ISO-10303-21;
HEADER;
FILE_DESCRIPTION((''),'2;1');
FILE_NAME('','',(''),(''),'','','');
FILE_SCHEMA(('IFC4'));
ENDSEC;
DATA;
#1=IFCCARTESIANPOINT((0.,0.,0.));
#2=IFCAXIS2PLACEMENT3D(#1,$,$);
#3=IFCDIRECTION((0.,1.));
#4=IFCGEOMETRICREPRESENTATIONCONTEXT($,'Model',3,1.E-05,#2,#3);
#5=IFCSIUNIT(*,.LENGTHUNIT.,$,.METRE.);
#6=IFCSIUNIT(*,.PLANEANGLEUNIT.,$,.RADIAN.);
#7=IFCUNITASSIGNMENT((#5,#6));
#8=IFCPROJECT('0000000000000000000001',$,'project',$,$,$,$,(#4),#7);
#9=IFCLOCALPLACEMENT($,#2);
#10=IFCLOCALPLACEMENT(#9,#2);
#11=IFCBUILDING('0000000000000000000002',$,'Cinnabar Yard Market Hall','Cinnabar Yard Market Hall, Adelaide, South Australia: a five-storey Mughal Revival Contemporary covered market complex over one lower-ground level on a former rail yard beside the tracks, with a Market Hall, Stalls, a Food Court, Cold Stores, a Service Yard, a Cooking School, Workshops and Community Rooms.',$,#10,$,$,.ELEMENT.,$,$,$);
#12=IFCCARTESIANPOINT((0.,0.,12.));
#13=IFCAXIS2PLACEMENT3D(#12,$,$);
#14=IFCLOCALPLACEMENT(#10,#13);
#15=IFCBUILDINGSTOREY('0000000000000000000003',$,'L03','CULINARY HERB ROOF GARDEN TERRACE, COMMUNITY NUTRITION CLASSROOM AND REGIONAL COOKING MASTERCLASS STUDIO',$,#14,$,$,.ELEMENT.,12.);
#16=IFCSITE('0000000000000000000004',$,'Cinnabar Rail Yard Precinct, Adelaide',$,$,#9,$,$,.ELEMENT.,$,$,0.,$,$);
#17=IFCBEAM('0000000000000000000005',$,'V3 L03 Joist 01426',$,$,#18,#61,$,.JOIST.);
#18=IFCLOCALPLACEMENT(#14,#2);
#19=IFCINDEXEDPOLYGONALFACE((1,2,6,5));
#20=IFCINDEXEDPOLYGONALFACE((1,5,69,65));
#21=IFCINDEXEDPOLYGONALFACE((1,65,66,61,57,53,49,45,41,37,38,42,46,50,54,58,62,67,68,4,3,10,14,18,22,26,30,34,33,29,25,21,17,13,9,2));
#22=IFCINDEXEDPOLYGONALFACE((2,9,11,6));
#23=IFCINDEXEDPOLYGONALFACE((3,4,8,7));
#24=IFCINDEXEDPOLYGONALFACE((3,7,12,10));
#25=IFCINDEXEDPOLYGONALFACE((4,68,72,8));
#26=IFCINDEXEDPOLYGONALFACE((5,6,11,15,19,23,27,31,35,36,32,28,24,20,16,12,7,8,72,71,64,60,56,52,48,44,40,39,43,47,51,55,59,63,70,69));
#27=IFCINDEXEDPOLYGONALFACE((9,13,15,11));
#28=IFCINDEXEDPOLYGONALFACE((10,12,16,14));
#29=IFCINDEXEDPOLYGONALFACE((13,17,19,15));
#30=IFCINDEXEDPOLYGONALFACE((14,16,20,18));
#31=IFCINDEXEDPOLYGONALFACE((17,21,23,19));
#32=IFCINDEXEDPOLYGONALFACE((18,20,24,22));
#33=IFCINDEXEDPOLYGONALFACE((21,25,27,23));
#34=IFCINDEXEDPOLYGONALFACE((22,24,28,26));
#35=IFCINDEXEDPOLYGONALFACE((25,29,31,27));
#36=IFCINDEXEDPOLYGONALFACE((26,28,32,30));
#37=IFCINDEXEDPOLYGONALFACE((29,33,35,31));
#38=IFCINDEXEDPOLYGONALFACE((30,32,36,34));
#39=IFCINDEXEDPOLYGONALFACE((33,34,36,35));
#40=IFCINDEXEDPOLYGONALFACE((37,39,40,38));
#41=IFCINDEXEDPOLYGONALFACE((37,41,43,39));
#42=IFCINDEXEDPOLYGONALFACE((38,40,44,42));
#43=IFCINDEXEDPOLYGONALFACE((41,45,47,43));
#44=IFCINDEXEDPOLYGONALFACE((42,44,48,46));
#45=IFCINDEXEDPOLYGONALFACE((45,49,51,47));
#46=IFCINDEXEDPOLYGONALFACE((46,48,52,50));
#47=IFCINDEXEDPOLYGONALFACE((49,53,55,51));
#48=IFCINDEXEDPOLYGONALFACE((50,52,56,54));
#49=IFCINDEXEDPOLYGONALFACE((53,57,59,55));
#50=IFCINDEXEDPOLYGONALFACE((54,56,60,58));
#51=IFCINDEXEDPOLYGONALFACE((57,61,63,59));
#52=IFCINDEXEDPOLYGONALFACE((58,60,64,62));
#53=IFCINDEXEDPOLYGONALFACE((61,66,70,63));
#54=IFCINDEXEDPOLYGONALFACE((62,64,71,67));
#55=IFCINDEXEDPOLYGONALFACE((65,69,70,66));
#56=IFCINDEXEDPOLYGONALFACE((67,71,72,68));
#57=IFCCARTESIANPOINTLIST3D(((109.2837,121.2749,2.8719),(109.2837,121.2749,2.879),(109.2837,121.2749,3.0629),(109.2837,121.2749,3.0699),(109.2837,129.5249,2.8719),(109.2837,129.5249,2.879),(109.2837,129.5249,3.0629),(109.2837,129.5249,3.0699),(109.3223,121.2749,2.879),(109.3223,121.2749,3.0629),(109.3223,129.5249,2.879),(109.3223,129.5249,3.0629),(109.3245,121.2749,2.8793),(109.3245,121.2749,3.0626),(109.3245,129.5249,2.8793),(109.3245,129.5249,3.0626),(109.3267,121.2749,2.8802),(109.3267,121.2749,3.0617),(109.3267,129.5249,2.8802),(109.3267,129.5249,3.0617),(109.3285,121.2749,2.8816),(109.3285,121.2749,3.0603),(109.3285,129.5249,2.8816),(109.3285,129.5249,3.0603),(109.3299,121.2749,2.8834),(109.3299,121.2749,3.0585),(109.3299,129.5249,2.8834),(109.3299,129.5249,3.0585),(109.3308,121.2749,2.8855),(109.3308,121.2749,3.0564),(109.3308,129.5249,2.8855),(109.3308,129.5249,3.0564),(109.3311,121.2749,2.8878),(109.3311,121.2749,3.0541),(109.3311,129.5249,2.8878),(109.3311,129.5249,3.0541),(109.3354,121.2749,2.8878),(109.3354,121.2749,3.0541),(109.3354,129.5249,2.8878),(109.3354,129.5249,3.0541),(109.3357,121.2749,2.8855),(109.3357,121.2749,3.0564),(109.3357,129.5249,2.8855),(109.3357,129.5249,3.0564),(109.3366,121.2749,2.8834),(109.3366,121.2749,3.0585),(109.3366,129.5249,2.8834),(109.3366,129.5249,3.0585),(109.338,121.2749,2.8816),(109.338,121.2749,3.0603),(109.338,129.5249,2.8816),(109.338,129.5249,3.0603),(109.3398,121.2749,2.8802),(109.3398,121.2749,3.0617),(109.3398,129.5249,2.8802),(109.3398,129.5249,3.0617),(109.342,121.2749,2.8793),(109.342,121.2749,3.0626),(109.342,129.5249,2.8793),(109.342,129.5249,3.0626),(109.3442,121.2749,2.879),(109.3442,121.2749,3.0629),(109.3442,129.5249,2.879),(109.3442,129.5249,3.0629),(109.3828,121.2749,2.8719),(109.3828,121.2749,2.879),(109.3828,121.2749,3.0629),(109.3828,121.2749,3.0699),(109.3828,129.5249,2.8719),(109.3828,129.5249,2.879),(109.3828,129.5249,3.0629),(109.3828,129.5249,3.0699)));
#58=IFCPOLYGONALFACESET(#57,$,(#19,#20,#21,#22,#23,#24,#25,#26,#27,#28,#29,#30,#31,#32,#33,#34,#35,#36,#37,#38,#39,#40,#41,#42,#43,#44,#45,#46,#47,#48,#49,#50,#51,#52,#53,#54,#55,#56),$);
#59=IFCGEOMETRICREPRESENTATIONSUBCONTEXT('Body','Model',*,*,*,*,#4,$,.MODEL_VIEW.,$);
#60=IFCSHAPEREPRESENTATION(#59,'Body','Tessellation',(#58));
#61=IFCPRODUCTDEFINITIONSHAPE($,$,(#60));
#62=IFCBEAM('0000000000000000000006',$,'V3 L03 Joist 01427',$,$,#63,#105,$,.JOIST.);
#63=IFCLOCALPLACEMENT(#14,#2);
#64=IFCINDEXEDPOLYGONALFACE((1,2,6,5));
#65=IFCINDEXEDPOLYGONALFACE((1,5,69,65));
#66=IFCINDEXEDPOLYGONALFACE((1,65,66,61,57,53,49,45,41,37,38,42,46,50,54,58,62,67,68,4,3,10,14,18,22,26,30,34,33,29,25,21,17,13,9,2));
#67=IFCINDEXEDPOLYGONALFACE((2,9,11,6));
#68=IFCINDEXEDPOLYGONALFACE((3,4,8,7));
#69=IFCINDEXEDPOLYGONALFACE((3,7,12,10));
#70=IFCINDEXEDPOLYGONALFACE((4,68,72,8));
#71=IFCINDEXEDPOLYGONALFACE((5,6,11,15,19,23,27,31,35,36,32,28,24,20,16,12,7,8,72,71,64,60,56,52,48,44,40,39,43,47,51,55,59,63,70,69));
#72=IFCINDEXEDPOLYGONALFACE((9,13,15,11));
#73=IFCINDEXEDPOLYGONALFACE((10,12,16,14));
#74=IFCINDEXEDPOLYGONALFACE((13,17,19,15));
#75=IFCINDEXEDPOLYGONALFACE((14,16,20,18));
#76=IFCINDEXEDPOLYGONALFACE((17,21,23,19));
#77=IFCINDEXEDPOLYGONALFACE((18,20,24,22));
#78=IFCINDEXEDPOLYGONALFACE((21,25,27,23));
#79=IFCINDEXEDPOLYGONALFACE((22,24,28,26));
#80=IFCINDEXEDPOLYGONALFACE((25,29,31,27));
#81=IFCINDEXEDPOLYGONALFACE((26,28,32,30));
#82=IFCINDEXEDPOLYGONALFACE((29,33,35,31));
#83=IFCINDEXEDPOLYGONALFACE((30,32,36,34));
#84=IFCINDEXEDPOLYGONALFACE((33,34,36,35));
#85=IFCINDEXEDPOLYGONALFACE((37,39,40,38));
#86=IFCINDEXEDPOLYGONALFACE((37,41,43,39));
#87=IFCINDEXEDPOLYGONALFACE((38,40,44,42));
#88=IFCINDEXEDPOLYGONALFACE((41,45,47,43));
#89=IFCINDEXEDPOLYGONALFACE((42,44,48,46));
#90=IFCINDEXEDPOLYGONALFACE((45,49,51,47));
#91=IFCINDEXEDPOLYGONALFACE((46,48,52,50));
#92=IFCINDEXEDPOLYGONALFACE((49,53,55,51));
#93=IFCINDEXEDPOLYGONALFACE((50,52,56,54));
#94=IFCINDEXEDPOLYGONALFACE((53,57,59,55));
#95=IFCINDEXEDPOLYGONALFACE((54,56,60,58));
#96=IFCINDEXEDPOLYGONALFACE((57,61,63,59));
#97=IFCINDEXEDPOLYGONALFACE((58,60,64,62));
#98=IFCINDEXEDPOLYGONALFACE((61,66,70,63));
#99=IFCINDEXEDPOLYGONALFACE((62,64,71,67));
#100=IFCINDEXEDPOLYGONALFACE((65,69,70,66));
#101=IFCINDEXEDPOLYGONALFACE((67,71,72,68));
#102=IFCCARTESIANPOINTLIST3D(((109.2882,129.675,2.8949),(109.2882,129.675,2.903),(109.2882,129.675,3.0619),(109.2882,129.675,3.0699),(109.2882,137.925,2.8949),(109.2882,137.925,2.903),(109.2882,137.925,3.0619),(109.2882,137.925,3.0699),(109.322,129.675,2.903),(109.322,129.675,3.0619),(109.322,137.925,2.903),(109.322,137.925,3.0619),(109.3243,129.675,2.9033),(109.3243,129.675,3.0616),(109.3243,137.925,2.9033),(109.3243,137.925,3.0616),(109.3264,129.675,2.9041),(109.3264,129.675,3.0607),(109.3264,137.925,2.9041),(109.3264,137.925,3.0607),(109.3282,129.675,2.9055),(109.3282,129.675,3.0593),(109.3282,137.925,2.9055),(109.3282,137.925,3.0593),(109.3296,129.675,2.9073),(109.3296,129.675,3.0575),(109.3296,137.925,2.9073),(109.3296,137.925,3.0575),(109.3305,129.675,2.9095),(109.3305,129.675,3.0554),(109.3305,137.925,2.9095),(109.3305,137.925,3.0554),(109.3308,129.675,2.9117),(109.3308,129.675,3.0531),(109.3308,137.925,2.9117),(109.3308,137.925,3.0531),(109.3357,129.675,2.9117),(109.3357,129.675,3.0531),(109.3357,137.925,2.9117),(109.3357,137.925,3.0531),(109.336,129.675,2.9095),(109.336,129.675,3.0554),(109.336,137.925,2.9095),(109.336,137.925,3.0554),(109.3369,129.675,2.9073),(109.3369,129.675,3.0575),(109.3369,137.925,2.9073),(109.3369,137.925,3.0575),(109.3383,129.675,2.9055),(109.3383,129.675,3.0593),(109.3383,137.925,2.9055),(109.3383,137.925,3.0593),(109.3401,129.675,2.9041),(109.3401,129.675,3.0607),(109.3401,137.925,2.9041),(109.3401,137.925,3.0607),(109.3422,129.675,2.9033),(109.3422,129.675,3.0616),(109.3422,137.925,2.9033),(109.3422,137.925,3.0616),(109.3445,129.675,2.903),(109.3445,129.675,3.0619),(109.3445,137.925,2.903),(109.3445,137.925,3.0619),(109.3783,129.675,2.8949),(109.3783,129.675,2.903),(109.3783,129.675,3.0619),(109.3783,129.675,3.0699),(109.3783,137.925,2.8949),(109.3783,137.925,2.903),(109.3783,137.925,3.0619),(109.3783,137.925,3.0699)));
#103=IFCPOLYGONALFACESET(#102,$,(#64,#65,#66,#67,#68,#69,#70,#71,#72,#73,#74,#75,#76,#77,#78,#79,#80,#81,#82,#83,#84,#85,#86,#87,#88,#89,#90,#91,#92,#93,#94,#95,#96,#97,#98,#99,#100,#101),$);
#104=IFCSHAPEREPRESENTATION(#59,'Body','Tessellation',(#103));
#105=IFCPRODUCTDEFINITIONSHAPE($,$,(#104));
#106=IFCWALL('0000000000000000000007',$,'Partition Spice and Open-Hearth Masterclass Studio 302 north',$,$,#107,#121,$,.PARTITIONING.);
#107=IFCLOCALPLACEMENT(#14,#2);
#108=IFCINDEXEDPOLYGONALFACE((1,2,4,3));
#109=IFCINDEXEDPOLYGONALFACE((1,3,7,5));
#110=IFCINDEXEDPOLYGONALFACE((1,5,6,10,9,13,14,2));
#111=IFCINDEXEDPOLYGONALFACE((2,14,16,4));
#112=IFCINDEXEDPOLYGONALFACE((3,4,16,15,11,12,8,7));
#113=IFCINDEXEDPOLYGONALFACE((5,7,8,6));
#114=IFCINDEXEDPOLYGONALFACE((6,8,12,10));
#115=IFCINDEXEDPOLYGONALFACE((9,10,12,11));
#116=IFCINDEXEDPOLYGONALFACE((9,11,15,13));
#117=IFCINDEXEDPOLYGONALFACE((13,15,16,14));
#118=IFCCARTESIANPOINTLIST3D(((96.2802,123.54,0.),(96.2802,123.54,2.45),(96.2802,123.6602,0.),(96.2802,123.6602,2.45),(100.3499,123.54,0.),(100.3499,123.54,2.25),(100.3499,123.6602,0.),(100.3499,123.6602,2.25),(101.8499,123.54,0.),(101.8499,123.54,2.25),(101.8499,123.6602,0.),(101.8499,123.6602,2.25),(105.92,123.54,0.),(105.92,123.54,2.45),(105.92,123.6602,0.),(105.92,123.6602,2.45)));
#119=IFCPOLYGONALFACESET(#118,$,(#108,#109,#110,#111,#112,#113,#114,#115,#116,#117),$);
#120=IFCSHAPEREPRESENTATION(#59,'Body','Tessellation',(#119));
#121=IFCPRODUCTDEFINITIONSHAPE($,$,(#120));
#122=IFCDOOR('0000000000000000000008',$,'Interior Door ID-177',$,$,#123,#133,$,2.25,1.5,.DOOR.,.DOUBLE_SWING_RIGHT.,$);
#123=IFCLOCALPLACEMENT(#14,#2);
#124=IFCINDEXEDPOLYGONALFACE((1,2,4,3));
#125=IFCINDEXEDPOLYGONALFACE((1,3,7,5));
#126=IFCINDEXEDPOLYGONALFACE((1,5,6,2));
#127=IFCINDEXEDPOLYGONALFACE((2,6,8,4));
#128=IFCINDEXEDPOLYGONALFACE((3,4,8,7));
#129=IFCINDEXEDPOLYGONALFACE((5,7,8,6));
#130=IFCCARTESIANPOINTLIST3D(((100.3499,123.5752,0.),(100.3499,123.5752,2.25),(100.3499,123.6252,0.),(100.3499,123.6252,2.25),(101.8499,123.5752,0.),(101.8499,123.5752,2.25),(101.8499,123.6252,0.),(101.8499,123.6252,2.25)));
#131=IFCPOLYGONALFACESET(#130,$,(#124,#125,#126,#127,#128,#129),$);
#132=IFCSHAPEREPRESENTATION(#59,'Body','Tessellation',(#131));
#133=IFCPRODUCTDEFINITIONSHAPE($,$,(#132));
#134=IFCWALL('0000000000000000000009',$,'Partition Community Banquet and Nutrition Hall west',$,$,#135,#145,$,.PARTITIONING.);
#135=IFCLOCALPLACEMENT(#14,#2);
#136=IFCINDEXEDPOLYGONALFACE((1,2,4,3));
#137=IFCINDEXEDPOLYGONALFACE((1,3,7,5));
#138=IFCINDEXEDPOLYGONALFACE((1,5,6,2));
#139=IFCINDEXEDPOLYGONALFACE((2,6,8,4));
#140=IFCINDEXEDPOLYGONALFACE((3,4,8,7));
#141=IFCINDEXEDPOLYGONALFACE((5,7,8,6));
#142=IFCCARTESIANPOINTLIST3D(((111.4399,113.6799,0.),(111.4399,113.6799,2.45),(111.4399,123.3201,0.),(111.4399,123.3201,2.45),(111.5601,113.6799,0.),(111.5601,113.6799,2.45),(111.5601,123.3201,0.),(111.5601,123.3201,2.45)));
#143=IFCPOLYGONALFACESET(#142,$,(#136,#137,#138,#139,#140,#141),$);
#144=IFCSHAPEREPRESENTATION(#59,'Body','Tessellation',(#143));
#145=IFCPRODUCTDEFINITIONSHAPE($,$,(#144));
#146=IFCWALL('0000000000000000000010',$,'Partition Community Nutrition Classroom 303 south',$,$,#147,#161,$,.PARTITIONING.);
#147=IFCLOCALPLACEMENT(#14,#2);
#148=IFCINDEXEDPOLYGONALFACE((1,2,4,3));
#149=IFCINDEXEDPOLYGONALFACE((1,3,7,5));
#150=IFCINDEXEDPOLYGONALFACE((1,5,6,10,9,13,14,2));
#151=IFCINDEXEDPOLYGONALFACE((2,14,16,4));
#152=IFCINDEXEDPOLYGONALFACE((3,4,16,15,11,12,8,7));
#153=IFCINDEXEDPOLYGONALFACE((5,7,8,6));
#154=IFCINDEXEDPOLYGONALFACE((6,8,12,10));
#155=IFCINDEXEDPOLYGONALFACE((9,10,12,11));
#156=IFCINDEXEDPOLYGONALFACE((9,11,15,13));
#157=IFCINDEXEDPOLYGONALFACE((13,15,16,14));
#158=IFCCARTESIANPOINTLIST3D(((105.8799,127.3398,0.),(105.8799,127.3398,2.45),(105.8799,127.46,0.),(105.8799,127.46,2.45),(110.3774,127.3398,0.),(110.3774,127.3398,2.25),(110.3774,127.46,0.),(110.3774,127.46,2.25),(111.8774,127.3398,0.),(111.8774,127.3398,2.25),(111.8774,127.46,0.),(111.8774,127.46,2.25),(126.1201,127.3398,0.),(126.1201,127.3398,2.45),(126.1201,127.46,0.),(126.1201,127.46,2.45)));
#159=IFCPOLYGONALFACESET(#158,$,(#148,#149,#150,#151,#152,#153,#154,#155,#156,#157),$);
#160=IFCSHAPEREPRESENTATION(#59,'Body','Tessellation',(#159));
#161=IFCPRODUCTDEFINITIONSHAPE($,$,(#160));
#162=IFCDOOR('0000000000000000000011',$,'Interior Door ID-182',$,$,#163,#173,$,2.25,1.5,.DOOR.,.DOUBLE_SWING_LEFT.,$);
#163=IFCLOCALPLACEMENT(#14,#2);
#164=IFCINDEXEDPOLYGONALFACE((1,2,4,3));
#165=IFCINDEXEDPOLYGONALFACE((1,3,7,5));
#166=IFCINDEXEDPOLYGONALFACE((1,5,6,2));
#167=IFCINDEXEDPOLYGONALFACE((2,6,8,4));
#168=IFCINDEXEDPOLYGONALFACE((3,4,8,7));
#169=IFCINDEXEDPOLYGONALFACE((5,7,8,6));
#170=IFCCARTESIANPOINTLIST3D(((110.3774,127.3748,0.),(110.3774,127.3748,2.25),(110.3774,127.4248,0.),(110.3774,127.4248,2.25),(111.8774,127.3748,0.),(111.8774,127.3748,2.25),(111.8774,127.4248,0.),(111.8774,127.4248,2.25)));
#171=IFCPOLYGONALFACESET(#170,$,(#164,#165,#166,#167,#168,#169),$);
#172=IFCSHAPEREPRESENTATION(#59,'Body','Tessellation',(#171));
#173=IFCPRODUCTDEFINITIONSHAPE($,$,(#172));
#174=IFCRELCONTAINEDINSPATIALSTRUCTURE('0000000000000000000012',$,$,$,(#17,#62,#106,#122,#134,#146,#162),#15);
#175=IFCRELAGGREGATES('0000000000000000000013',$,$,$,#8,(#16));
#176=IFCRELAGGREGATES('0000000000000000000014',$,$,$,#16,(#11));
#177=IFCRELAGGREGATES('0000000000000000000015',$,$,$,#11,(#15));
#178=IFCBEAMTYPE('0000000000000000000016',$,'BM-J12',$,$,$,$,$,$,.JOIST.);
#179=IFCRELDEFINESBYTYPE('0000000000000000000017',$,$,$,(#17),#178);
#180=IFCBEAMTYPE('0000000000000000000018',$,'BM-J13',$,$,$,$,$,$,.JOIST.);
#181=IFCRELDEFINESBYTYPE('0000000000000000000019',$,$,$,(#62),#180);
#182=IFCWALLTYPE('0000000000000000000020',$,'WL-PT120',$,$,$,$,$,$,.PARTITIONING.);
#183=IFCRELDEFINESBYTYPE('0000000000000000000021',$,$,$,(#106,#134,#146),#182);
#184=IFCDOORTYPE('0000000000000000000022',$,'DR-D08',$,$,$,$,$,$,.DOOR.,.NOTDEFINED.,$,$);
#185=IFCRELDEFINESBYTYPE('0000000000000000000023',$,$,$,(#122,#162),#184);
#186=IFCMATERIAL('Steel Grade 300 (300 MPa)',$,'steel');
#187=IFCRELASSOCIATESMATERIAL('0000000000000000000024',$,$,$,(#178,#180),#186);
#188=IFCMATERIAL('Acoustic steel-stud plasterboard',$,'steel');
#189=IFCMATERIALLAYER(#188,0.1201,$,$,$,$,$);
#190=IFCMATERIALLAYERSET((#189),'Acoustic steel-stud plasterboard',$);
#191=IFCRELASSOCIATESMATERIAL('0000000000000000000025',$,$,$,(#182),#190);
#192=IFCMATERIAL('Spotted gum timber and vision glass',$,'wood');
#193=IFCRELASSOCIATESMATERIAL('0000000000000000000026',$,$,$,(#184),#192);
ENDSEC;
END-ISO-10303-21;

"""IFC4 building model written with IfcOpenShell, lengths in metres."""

from ifc_helpers import new_model, si_unit, direction, frame, frame_2d, origin, origin_2d_with_axis, place, context, subcontext, project, spatial, rectangle, i_section, extrude, material, layer, layer_set, material_profile, profile_set, type_object, element, fill, save


model = new_model("IFC4")

# Units and contexts
model_context = context("Model", 3, precision=1e-05, world=origin(), true_north=direction((0.0, 1.0)))
body_context = subcontext(model_context, "Body", "Model", "MODEL_VIEW")
ifc_project = project(units=[si_unit("LENGTHUNIT", "METRE"), si_unit("PLANEANGLEUNIT", "RADIAN")], contexts=[model_context])

# Site, building, storey
site_placement = place(None, origin())
site = spatial("IfcSite", under=ifc_project, at=site_placement, Name="Cinnabar Rail Yard Precinct, Adelaide", CompositionType="ELEMENT", RefElevation=0.0)
building_placement = place(site_placement, origin())
building = spatial("IfcBuilding", under=site, at=building_placement, Name="Cinnabar Yard Market Hall", Description="Cinnabar Yard Market Hall, Adelaide, South Australia: a five-storey Mughal Revival Contemporary covered market complex over one lower-ground level on a former rail yard beside the tracks, with a Market Hall, Stalls, a Food Court, Cold Stores, a Service Yard, a Cooking School, Workshops and Community Rooms.", CompositionType="ELEMENT")
storey_placement = place(building_placement, frame((0.0, 0.0, 12.0)))
storey = spatial("IfcBuildingStorey", under=building, at=storey_placement, Name="L03", Description="CULINARY HERB ROOF GARDEN TERRACE, COMMUNITY NUTRITION CLASSROOM AND REGIONAL COOKING MASTERCLASS STUDIO", CompositionType="ELEMENT", Elevation=12.0)

# Beams
ifc_material_1 = material(Name="Steel Grade 300 (300 MPa)", Category="steel")
ifc_material_profile_1 = material_profile(ifc_material_1, i_section(OverallWidth=0.0991, OverallDepth=0.198, WebThickness=0.0044, FlangeThickness=0.0071, FilletRadius=0.0088, at=origin_2d_with_axis()), Name="200UB18.2")
ifc_profile_set_1 = profile_set([ifc_material_profile_1], Name="Steel Grade 300 (300 MPa)")
beam_type_1 = type_object("IfcBeamType", Name="BM-J12", PredefinedType="JOIST", material=ifc_profile_set_1)
beam_1_placement = place(storey_placement, frame((109.3333, 121.2749, 2.9709), z_axis=(0.0, 1.0, 0.0), x_axis=(-1.0, 0.0, 0.0)))
element("IfcBeam", 1, at=beam_1_placement, inside=storey, type_object=beam_type_1, Name="V3 L03 Joist 01426", PredefinedType="JOIST", context=body_context, shape_type="SweptSolid", body=[
    extrude(i_section(OverallWidth=0.0991, OverallDepth=0.198, WebThickness=0.0044, FlangeThickness=0.0071, FilletRadius=0.0088, at=origin_2d_with_axis()), origin(), (0.0, 0.0, 1.0), 8.25),
])
ifc_material_profile_2 = material_profile(ifc_material_1, i_section(OverallWidth=0.0901, OverallDepth=0.175, WebThickness=0.0049, FlangeThickness=0.0081, FilletRadius=0.0088, at=origin_2d_with_axis()), Name="180UB18.1")
ifc_profile_set_2 = profile_set([ifc_material_profile_2], Name="Steel Grade 300 (300 MPa)")
beam_type_2 = type_object("IfcBeamType", Name="BM-J13", PredefinedType="JOIST", material=ifc_profile_set_2)
beam_2_placement = place(storey_placement, frame((109.3333, 129.675, 2.9824), z_axis=(0.0, 1.0, 0.0), x_axis=(-1.0, 0.0, 0.0)))
element("IfcBeam", 2, at=beam_2_placement, inside=storey, type_object=beam_type_2, Name="V3 L03 Joist 01427", PredefinedType="JOIST", context=body_context, shape_type="SweptSolid", body=[
    extrude(i_section(OverallWidth=0.0901, OverallDepth=0.175, WebThickness=0.0049, FlangeThickness=0.0081, FilletRadius=0.0088, at=origin_2d_with_axis()), origin(), (0.0, 0.0, 1.0), 8.25),
])

# Wall, opening, door
ifc_material_2 = material(Name="Acoustic steel-stud plasterboard", Category="steel")
ifc_layer_1 = layer(ifc_material_2, 0.1201)
ifc_layer_set_1 = layer_set([ifc_layer_1], Name="Acoustic steel-stud plasterboard")
wall_type_1 = type_object("IfcWallType", Name="WL-PT120", PredefinedType="PARTITIONING", material=ifc_layer_set_1)
wall_1_placement = place(storey_placement, frame((105.9199, 123.6001, 0.0), z_axis=(0.0, 0.0, 1.0), x_axis=(-1.0, 0.0, 0.0)))
wall_1 = element("IfcWall", 3, at=wall_1_placement, inside=storey, type_object=wall_type_1, Name="Partition Spice and Open-Hearth Masterclass Studio 302 north", PredefinedType="PARTITIONING", context=body_context, shape_type="SweptSolid", body=[
    extrude(rectangle(XDim=9.6399, YDim=0.1201, at=frame_2d((4.8198, 0.0), x_axis=(1.0, 0.0))), origin(), (0.0, 0.0, 1.0), 2.45),
])
opening_1_placement = place(wall_1_placement, frame((4.0701, 0.0, 0.0)))
opening_1 = element("IfcOpeningElement", 4, at=opening_1_placement, cuts=wall_1, PredefinedType="OPENING", context=body_context, shape_type="SweptSolid", body=[
    extrude(rectangle(XDim=1.5, YDim=2.25, at=frame_2d((0.75, 1.125), x_axis=(1.0, 0.0))), frame((0.0, 0.0701, 0.0), z_axis=(0.0, -1.0, 0.0), x_axis=(1.0, 0.0, 0.0)), (0.0, 0.0, 1.0), 0.1401),
])
ifc_material_3 = material(Name="Spotted gum timber and vision glass", Category="wood")
door_type_1 = type_object("IfcDoorType", Name="DR-D08", OperationType="NOTDEFINED", PredefinedType="DOOR", material=ifc_material_3)
door_1_placement = place(opening_1_placement, origin())
door_1 = element("IfcDoor", 5, at=door_1_placement, inside=storey, type_object=door_type_1, Name="Interior Door ID-177", OperationType="DOUBLE_SWING_RIGHT", OverallHeight=2.25, OverallWidth=1.5, PredefinedType="DOOR", context=body_context, shape_type="SweptSolid", body=[
    extrude(rectangle(XDim=1.5, YDim=2.25, at=frame_2d((0.75, 1.125), x_axis=(1.0, 0.0))), frame((0.0, 0.0249, 0.0), z_axis=(0.0, -1.0, 0.0), x_axis=(1.0, 0.0, 0.0)), (0.0, 0.0, 1.0), 0.05),
])
fill(opening_1, door_1)

# Wall
wall_2_placement = place(storey_placement, frame((111.5, 123.3201, 0.0), z_axis=(0.0, 0.0, 1.0), x_axis=(0.0, -1.0, 0.0)))
element("IfcWall", 6, at=wall_2_placement, inside=storey, type_object=wall_type_1, Name="Partition Community Banquet and Nutrition Hall west", PredefinedType="PARTITIONING", context=body_context, shape_type="SweptSolid", body=[
    extrude(rectangle(XDim=9.6401, YDim=0.1201, at=frame_2d((4.8201, 0.0), x_axis=(1.0, 0.0))), origin(), (0.0, 0.0, 1.0), 2.45),
])

# Wall, opening, door
wall_3_placement = place(storey_placement, frame((105.8799, 127.3999, 0.0), z_axis=(0.0, 0.0, 1.0), x_axis=(1.0, 0.0, 0.0)))
wall_3 = element("IfcWall", 7, at=wall_3_placement, inside=storey, type_object=wall_type_1, Name="Partition Community Nutrition Classroom 303 south", PredefinedType="PARTITIONING", context=body_context, shape_type="SweptSolid", body=[
    extrude(rectangle(XDim=20.2402, YDim=0.1201, at=frame_2d((10.1201, 0.0), x_axis=(1.0, 0.0))), origin(), (0.0, 0.0, 1.0), 2.45),
])
opening_2_placement = place(wall_3_placement, frame((4.4976, 0.0, 0.0)))
opening_2 = element("IfcOpeningElement", 8, at=opening_2_placement, cuts=wall_3, PredefinedType="OPENING", context=body_context, shape_type="SweptSolid", body=[
    extrude(rectangle(XDim=1.5, YDim=2.25, at=frame_2d((0.75, 1.125), x_axis=(1.0, 0.0))), frame((0.0, 0.0701, 0.0), z_axis=(0.0, -1.0, 0.0), x_axis=(1.0, 0.0, 0.0)), (0.0, 0.0, 1.0), 0.1401),
])
door_2_placement = place(opening_2_placement, origin())
door_2 = element("IfcDoor", 9, at=door_2_placement, inside=storey, type_object=door_type_1, Name="Interior Door ID-182", OperationType="DOUBLE_SWING_LEFT", OverallHeight=2.25, OverallWidth=1.5, PredefinedType="DOOR", context=body_context, shape_type="SweptSolid", body=[
    extrude(rectangle(XDim=1.5, YDim=2.25, at=frame_2d((0.75, 1.125), x_axis=(1.0, 0.0))), frame((0.0, 0.0249, 0.0), z_axis=(0.0, -1.0, 0.0), x_axis=(1.0, 0.0, 0.0)), (0.0, 0.0, 1.0), 0.05),
])
fill(opening_2, door_2)

save(model, "model.ifc")
